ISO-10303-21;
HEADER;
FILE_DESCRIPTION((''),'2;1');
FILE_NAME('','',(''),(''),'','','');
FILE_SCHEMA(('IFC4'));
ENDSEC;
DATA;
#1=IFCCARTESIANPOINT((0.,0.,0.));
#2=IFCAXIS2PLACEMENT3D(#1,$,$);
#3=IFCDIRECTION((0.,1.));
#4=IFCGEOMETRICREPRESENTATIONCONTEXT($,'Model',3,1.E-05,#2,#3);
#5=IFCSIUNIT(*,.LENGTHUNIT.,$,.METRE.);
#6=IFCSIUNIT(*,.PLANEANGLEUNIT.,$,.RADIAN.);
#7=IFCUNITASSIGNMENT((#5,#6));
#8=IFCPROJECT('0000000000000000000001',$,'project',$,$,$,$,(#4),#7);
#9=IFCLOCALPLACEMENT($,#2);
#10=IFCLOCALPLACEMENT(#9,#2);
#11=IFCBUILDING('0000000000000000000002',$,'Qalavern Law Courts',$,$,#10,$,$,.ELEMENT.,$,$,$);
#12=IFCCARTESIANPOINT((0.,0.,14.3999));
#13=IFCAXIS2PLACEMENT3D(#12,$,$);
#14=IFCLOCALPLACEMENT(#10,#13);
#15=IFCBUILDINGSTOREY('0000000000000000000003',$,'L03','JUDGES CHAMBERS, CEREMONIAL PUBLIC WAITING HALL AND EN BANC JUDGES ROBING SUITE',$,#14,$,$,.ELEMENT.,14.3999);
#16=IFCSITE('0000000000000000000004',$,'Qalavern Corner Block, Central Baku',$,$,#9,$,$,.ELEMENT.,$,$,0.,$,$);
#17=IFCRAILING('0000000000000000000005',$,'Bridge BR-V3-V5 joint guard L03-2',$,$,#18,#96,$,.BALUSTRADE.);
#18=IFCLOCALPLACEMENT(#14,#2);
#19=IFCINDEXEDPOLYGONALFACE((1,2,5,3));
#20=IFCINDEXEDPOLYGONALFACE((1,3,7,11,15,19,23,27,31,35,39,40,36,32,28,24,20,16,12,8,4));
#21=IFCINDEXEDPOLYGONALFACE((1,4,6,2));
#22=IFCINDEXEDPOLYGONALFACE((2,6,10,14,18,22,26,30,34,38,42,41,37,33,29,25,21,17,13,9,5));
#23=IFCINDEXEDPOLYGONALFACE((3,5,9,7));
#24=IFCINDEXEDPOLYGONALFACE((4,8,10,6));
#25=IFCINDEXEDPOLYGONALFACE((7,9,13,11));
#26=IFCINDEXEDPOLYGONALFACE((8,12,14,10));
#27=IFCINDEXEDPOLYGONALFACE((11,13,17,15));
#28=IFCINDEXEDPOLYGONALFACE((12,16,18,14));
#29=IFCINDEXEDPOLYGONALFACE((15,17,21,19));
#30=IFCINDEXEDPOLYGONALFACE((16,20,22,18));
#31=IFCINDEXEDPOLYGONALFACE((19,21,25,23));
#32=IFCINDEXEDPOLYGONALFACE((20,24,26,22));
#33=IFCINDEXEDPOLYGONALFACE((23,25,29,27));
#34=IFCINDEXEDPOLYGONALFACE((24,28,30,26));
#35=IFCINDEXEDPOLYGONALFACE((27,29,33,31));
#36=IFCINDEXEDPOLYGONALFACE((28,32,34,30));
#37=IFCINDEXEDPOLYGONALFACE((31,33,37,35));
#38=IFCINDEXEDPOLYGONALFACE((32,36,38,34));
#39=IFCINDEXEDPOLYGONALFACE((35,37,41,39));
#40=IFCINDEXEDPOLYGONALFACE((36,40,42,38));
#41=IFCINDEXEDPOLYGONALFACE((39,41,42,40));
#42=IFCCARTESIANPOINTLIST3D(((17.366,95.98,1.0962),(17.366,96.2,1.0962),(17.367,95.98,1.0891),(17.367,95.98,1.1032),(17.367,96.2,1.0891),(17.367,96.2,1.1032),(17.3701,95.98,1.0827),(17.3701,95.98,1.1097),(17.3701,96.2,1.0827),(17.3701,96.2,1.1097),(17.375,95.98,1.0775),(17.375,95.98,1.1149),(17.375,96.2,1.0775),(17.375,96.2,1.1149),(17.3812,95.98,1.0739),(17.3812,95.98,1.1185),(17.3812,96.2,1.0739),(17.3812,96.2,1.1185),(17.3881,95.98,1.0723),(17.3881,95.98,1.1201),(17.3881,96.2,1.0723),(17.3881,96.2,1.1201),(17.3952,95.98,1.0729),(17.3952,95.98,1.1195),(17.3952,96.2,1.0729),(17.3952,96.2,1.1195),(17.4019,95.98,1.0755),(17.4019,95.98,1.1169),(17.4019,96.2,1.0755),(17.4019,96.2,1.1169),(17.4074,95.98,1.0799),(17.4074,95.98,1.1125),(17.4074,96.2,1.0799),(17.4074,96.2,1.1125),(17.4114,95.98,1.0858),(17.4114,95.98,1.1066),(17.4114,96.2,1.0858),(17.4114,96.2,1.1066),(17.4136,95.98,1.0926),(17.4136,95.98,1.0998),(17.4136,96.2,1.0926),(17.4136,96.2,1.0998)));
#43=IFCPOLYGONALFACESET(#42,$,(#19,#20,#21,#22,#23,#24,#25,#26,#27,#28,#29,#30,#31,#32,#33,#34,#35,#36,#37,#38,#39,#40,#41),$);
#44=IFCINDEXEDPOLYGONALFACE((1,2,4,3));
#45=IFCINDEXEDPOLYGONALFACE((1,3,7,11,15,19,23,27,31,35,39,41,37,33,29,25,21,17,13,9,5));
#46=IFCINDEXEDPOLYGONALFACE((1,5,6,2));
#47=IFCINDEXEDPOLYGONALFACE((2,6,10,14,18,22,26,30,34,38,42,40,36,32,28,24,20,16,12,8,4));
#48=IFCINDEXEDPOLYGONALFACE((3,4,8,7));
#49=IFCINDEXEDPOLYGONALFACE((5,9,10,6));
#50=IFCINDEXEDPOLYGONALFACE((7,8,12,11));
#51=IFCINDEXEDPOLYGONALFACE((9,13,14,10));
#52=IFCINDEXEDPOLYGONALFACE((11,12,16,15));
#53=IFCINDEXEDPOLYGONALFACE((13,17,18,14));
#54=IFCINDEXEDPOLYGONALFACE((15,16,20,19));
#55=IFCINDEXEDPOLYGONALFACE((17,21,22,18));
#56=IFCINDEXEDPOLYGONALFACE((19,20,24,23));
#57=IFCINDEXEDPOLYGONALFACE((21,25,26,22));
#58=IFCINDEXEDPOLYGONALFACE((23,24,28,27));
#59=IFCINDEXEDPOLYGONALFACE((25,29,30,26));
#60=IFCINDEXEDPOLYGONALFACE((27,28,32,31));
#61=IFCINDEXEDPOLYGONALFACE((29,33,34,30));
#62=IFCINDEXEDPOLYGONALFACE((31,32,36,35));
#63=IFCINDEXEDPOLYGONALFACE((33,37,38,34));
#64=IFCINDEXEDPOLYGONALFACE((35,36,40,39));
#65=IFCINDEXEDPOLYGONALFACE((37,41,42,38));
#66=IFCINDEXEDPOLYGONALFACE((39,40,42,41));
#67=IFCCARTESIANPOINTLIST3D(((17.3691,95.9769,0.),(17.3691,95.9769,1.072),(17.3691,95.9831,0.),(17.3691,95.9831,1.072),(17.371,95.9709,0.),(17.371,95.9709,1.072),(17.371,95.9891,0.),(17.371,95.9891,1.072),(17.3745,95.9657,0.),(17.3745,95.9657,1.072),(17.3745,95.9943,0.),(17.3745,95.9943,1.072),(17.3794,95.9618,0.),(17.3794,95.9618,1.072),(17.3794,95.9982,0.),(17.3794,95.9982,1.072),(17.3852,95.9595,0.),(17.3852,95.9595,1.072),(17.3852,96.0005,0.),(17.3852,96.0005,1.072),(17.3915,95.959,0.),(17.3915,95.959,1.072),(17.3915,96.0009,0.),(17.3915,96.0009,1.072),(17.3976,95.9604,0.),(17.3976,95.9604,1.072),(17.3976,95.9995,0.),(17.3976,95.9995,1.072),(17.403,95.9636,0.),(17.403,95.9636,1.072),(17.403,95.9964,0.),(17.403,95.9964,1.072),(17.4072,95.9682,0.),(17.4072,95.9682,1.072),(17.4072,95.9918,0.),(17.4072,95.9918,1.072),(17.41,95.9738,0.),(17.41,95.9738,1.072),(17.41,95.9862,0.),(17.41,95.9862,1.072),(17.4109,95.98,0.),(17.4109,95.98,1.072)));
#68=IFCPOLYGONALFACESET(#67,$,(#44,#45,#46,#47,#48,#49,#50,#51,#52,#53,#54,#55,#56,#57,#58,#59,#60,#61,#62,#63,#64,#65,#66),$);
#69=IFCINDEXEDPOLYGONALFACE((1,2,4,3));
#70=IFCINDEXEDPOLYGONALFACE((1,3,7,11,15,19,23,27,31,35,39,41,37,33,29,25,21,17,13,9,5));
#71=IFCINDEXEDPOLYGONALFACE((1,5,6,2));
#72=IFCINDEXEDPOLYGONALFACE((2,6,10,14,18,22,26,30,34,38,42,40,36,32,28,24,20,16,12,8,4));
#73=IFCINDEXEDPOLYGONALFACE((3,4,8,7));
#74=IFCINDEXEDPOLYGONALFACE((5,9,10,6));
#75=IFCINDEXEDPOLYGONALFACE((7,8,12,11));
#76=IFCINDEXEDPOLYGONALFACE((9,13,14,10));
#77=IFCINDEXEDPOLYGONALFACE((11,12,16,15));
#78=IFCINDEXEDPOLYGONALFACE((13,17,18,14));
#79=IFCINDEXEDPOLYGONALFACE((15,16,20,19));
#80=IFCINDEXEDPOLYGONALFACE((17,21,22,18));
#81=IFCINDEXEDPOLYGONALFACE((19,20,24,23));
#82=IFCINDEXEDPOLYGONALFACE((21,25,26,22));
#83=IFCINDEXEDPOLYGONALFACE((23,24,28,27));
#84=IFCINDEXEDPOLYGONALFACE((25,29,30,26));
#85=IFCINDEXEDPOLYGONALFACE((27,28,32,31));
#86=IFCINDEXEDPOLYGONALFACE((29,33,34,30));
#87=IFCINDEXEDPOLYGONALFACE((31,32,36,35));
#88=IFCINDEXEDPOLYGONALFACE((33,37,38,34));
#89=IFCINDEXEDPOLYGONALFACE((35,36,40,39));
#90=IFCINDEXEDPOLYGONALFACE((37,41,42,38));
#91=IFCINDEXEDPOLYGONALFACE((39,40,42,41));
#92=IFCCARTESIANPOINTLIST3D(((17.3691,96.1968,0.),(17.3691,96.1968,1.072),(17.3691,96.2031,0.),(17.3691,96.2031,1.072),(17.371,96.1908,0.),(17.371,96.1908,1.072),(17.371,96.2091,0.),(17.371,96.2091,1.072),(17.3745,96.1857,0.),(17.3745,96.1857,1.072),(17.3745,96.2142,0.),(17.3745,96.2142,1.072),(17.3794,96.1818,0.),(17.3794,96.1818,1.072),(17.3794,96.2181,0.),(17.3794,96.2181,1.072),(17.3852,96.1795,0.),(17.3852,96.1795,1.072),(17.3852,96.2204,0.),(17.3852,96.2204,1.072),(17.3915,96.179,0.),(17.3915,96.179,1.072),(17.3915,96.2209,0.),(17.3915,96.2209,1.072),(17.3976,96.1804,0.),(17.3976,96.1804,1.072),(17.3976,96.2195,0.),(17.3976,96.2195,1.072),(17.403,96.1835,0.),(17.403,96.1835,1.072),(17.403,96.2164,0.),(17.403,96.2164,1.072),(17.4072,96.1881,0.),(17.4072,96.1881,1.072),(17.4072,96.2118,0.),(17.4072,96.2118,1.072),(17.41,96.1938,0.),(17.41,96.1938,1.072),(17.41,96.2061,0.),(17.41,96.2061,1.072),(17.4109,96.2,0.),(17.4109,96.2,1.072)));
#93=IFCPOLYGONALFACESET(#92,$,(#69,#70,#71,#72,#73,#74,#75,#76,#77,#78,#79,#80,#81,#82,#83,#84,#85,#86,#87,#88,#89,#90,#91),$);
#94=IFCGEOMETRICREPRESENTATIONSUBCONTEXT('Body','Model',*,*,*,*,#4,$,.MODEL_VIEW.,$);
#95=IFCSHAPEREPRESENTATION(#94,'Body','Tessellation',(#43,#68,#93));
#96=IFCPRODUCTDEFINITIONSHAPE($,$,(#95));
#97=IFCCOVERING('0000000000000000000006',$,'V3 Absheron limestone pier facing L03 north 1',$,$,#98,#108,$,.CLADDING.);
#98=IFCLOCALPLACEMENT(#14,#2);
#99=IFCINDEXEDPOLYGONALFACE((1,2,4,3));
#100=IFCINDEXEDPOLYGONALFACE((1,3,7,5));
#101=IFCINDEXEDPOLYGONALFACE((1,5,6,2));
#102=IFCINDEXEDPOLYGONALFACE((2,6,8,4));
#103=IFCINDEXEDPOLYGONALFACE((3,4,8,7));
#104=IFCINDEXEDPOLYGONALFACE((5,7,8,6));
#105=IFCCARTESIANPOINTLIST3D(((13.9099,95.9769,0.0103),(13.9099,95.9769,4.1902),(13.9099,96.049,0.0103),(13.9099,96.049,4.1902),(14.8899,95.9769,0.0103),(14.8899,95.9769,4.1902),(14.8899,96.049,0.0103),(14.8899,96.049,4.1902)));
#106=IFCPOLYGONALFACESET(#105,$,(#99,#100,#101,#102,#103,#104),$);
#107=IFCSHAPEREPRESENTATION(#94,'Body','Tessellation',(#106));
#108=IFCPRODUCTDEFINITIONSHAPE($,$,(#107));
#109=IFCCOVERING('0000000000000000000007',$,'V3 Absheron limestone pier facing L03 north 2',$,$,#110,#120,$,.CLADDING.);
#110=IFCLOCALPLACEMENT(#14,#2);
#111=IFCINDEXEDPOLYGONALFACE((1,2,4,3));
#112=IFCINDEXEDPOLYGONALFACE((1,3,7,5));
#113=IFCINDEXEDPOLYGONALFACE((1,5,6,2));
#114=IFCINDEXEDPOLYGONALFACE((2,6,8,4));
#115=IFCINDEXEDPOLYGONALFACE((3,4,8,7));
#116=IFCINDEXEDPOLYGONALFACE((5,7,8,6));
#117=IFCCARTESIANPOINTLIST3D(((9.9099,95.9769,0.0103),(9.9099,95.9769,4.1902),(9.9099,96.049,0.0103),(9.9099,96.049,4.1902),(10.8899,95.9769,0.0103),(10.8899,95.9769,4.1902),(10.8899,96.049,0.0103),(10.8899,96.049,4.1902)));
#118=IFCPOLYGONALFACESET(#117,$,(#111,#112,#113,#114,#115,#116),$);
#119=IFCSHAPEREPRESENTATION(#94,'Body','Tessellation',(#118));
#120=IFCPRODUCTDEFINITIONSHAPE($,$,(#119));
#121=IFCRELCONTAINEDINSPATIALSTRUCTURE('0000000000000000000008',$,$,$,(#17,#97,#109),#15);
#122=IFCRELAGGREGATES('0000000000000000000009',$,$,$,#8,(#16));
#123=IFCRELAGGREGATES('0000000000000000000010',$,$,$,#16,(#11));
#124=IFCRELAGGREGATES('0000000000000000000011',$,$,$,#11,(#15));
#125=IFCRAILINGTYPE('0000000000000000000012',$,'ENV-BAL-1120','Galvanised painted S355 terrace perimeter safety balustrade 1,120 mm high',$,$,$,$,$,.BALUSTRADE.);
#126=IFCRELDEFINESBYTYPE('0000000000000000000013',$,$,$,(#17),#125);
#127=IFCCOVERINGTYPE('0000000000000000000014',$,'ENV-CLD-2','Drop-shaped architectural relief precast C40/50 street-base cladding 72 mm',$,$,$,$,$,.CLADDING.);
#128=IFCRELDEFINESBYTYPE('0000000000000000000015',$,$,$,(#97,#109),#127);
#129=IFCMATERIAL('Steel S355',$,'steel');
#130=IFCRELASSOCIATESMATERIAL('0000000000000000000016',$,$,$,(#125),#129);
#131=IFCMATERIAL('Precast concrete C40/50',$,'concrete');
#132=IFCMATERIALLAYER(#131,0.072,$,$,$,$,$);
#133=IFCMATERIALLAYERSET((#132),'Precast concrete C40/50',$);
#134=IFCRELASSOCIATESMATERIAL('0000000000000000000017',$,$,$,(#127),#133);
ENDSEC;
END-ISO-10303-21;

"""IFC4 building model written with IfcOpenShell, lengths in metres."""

from ifc_helpers import new_model, si_unit, direction, frame, origin, origin_2d, place, context, subcontext, project, spatial, rectangle, circle, extrude, material, layer, layer_set, type_object, element, save


model = new_model("IFC4")

# Units and contexts
model_context = context("Model", 3, precision=1e-05, world=origin(), true_north=direction((0.0, 1.0)))
body_context = subcontext(model_context, "Body", "Model", "MODEL_VIEW")
ifc_project = project(units=[si_unit("LENGTHUNIT", "METRE"), si_unit("PLANEANGLEUNIT", "RADIAN")], contexts=[model_context])

# Site, building, storey
site_placement = place(None, origin())
site = spatial("IfcSite", under=ifc_project, at=site_placement, Name="Qalavern Corner Block, Central Baku", CompositionType="ELEMENT", RefElevation=0.0)
building_placement = place(site_placement, origin())
building = spatial("IfcBuilding", under=site, at=building_placement, Name="Qalavern Law Courts", CompositionType="ELEMENT")
storey_placement = place(building_placement, frame((0.0, 0.0, 14.3999)))
storey = spatial("IfcBuildingStorey", under=building, at=storey_placement, Name="L03", Description="JUDGES CHAMBERS, CEREMONIAL PUBLIC WAITING HALL AND EN BANC JUDGES ROBING SUITE", CompositionType="ELEMENT", Elevation=14.3999)

# Shared definitions
ifc_material_1 = material(Name="Steel S355", Category="steel")

# Railing
railing_type = type_object("IfcRailingType", Name="ENV-BAL-1120", Description="Galvanised painted S355 terrace perimeter safety balustrade 1,120 mm high", PredefinedType="BALUSTRADE", material=ifc_material_1)
for number, where, name in (
    (1, (17.3899, 95.98, 0.0), "Bridge BR-V3-V5 joint guard L03-2"),
):
    element("IfcRailing", number, at=place(storey_placement, frame(where)), inside=storey, type_object=railing_type, Name=name, PredefinedType="BALUSTRADE", context=body_context, shape_type="SweptSolid", body=[
        extrude(circle(Radius=0.0239, at=origin_2d()), frame((0.0, 0.0, 1.0962), z_axis=(0.0, 1.0, 0.0), x_axis=(-1.0, 0.0, 0.0)), (0.0, 0.0, 1.0), 0.22),
        extrude(circle(Radius=0.021, at=origin_2d()), origin(), (0.0, 0.0, 1.0), 1.072),
        extrude(circle(Radius=0.021, at=origin_2d()), frame((0.0, 0.22, 0.0)), (0.0, 0.0, 1.0), 1.072),
    ])

# Coverings
ifc_material_2 = material(Name="Precast concrete C40/50", Category="concrete")
ifc_layer_1 = layer(ifc_material_2, 0.072)
ifc_layer_set_1 = layer_set([ifc_layer_1], Name="Precast concrete C40/50")
covering_type = type_object("IfcCoveringType", Name="ENV-CLD-2", Description="Drop-shaped architectural relief precast C40/50 street-base cladding 72 mm", PredefinedType="CLADDING", material=ifc_layer_set_1)
for number, where, z_axis, x_axis, name in (
    (2, (14.3999, 96.0129, 0.0103), (0.0, 0.0, 1.0), (-1.0, 0.0, 0.0), "V3 Absheron limestone pier facing L03 north 1"),
    (3, (10.3999, 96.0129, 0.0103), (0.0, 0.0, 1.0), (-1.0, 0.0, 0.0), "V3 Absheron limestone pier facing L03 north 2"),
):
    element("IfcCovering", number, at=place(storey_placement, frame(where, z_axis=z_axis, x_axis=x_axis)), inside=storey, type_object=covering_type, Name=name, PredefinedType="CLADDING", context=body_context, shape_type="SweptSolid", body=[
        extrude(rectangle(XDim=0.98, YDim=0.072, at=origin_2d()), origin(), (0.0, 0.0, 1.0), 4.1799),
    ])

save(model, "model.ifc")
